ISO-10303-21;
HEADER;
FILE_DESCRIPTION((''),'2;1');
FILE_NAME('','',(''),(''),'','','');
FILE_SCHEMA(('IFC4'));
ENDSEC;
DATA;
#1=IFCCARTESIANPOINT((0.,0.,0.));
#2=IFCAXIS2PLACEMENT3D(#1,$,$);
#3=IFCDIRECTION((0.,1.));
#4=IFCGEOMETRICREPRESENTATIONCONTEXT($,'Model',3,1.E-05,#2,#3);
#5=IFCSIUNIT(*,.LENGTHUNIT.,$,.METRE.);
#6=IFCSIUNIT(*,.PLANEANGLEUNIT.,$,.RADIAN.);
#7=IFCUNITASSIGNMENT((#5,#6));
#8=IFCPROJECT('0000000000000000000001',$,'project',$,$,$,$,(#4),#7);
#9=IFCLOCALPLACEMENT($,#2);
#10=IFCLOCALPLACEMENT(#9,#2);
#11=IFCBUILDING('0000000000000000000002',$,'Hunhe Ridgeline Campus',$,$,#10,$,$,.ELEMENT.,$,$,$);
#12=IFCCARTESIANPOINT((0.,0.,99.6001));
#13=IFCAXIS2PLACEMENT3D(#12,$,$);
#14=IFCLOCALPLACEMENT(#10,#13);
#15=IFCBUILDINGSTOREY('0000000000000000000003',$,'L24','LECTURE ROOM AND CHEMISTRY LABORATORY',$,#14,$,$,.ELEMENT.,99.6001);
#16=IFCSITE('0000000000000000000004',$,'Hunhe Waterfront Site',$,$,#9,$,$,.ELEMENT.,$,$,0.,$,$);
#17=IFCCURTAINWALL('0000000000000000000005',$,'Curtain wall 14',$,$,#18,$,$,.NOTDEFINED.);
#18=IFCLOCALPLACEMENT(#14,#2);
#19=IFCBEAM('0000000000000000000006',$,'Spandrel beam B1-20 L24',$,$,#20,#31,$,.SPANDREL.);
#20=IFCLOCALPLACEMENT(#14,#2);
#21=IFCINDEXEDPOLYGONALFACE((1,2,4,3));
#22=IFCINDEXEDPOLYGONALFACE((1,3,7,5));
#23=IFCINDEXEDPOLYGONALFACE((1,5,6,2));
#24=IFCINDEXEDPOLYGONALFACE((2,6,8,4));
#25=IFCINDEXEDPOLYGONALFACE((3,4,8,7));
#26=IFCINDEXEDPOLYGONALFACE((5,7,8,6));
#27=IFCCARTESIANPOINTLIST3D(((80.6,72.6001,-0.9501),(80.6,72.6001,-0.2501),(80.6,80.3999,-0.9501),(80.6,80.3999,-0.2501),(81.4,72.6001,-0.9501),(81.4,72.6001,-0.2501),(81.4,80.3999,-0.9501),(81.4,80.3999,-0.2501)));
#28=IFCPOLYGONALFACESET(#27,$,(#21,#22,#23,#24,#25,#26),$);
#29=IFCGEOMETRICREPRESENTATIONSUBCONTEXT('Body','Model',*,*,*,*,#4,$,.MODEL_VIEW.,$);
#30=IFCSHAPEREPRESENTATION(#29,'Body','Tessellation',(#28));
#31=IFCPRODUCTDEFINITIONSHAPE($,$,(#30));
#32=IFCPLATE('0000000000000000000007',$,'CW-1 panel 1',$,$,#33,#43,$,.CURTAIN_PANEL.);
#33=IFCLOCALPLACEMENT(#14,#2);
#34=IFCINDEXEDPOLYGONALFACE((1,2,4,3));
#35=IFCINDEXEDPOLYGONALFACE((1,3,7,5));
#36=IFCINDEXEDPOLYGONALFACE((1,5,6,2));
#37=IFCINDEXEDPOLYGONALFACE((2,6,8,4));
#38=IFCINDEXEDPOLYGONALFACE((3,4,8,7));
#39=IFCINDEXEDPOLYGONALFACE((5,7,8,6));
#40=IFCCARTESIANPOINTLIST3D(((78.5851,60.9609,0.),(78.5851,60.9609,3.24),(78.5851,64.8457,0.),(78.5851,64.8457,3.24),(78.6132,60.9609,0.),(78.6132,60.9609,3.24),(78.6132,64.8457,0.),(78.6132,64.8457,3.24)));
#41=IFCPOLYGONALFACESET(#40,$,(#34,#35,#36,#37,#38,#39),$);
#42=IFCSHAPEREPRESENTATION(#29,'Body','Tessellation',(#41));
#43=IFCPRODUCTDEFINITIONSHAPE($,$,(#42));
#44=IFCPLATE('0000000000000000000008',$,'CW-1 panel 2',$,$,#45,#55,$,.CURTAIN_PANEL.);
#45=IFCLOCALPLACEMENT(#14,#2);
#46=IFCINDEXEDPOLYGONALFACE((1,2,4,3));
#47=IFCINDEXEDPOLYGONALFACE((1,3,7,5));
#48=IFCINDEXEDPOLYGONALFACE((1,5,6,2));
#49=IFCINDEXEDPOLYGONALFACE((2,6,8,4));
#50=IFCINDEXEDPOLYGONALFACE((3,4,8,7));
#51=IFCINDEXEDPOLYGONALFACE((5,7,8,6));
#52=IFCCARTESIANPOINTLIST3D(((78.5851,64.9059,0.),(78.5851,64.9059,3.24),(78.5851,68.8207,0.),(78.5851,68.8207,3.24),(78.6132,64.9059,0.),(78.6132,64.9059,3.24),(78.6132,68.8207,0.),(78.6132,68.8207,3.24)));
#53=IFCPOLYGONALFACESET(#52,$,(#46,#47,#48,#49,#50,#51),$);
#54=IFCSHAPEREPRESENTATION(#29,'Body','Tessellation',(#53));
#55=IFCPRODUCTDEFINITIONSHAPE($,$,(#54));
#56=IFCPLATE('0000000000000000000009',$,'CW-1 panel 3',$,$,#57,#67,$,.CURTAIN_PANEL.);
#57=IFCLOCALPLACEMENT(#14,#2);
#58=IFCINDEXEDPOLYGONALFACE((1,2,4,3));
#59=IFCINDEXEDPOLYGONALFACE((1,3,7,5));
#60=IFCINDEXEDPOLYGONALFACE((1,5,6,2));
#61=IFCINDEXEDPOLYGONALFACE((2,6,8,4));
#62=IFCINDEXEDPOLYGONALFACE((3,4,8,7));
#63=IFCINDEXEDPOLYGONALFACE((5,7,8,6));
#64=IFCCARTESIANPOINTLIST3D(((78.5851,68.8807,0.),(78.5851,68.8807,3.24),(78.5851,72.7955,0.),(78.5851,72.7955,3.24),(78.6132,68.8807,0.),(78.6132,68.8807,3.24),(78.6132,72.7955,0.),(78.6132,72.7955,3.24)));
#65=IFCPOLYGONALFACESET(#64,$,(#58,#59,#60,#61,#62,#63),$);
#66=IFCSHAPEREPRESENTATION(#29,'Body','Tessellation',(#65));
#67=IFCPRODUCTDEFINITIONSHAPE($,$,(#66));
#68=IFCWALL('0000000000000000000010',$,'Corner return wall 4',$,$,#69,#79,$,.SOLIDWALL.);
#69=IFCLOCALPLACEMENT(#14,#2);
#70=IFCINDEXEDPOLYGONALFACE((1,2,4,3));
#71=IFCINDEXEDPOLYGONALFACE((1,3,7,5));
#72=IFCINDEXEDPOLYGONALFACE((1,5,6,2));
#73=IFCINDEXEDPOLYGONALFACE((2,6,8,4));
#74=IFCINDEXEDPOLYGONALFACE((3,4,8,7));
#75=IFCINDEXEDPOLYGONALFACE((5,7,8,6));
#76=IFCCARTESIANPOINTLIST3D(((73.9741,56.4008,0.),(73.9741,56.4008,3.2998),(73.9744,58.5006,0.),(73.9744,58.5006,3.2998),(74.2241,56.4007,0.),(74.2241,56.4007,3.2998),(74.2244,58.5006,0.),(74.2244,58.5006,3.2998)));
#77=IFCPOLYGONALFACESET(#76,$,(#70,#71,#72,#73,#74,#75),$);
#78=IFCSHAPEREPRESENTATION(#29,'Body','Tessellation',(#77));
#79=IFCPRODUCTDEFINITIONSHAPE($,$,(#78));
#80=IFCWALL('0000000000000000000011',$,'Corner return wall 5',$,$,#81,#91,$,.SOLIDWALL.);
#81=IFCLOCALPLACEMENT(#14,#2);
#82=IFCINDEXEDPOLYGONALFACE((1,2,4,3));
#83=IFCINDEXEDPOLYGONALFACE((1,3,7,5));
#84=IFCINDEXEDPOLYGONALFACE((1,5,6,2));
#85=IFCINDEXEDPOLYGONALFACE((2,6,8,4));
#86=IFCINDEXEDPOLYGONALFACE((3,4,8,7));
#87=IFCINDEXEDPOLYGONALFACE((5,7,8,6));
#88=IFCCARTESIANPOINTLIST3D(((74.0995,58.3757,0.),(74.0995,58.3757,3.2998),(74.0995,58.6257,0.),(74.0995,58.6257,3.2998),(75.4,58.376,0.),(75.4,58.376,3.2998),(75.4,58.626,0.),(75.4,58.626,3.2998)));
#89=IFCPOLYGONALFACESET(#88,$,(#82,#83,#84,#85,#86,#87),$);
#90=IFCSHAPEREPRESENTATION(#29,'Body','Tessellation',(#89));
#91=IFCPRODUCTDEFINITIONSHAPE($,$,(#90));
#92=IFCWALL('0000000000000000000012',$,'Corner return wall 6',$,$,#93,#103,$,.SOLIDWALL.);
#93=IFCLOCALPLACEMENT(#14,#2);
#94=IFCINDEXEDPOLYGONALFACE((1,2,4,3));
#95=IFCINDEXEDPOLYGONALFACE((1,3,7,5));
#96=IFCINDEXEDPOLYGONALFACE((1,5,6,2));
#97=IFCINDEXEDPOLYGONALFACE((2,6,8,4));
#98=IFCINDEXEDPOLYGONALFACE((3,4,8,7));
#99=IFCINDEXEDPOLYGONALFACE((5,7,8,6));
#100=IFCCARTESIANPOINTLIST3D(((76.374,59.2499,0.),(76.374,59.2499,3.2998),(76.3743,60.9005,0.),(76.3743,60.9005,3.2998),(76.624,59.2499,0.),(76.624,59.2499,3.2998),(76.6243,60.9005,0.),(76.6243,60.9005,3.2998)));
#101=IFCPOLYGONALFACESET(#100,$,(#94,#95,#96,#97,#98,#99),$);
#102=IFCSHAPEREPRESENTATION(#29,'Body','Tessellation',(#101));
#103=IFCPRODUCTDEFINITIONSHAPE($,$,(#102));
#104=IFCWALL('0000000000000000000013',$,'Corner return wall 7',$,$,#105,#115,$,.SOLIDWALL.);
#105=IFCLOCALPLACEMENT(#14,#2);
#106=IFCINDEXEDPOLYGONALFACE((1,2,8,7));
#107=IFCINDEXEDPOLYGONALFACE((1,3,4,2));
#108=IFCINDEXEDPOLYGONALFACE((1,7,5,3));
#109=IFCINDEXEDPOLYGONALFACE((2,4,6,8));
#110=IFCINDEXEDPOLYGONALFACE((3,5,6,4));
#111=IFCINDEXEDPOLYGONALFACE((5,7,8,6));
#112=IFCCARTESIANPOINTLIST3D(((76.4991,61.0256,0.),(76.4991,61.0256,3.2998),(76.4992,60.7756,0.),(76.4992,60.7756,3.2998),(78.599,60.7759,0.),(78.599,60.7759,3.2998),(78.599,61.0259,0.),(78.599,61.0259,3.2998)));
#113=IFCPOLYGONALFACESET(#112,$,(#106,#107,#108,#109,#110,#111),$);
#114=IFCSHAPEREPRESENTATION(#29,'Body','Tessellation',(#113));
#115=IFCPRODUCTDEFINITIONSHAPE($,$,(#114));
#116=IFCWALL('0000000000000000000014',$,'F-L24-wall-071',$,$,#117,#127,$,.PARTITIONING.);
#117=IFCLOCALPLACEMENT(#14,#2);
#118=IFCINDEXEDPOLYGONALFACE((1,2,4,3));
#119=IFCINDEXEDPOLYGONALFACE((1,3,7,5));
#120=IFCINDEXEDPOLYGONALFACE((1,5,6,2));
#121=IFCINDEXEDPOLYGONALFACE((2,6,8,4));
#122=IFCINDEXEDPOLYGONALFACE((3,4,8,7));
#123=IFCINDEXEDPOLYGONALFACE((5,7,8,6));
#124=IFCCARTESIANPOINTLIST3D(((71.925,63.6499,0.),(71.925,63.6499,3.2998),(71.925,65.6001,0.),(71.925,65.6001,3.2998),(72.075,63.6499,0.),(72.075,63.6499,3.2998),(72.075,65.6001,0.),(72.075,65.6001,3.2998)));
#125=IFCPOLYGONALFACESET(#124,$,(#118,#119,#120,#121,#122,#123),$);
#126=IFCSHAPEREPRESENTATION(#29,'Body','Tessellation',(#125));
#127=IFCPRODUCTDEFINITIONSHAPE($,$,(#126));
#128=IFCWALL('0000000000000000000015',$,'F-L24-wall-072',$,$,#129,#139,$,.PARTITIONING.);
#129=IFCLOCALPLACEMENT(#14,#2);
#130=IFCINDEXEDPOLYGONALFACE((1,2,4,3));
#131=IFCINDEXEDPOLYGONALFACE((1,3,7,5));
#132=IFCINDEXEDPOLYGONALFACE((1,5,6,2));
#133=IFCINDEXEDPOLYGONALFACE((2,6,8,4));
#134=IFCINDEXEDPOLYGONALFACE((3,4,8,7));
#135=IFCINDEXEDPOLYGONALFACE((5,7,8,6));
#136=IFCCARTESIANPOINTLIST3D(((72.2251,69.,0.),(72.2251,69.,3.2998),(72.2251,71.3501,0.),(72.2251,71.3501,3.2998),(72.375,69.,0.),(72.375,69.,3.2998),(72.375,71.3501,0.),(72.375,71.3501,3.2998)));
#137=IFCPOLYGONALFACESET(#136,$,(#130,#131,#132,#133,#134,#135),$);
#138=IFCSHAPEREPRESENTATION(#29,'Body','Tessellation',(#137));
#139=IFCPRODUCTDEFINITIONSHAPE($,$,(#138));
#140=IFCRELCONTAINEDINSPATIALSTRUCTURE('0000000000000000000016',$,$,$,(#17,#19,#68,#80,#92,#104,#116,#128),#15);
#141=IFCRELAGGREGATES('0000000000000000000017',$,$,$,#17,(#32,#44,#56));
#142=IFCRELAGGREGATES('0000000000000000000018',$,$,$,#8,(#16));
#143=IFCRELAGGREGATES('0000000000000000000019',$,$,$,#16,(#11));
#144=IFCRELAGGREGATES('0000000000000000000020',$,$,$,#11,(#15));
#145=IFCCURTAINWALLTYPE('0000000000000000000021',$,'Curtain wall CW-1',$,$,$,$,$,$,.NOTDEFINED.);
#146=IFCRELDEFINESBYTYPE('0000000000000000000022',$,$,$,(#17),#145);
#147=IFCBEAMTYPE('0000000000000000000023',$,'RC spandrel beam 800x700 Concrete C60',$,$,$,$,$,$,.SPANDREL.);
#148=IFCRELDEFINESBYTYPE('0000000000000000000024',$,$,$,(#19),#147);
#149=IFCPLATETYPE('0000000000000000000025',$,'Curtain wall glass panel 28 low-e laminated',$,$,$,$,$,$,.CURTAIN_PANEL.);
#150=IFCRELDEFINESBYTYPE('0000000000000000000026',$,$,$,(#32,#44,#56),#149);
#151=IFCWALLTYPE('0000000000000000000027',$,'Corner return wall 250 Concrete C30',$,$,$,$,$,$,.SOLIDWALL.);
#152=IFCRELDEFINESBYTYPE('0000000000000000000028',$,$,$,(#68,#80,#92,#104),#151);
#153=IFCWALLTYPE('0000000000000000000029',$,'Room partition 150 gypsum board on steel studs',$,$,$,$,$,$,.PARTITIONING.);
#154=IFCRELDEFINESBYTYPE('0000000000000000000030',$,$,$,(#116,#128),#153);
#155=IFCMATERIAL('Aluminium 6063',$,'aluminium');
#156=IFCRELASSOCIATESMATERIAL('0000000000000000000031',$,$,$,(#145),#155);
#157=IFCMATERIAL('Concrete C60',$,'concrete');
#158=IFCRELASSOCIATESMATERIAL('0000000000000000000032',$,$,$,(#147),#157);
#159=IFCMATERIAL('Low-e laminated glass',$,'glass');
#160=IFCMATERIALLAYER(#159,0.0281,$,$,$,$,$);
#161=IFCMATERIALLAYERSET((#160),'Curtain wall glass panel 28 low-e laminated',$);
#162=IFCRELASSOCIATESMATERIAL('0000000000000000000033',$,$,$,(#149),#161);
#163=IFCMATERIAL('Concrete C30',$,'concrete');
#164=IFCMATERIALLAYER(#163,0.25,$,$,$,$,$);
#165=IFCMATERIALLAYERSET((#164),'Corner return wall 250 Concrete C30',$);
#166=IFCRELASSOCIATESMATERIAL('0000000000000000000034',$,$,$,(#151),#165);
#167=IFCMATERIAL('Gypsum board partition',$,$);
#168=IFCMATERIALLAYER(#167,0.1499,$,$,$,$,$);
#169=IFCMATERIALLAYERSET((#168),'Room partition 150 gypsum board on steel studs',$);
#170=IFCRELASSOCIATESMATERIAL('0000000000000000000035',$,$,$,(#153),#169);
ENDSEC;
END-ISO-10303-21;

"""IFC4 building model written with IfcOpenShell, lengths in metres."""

from ifc_helpers import new_model, si_unit, direction, frame, frame_2d, origin, origin_2d, place, context, subcontext, project, spatial, rectangle, extrude, material, layer, layer_set, material_profile, profile_set, type_object, element, aggregate, save


model = new_model("IFC4")

# Units and contexts
model_context = context("Model", 3, precision=1e-05, world=origin(), true_north=direction((0.0, 1.0)))
body_context = subcontext(model_context, "Body", "Model", "MODEL_VIEW")
ifc_project = project(units=[si_unit("LENGTHUNIT", "METRE"), si_unit("PLANEANGLEUNIT", "RADIAN")], contexts=[model_context])

# Site, building, storey
site_placement = place(None, origin())
site = spatial("IfcSite", under=ifc_project, at=site_placement, Name="Hunhe Waterfront Site", CompositionType="ELEMENT", RefElevation=0.0)
building_placement = place(site_placement, origin())
building = spatial("IfcBuilding", under=site, at=building_placement, Name="Hunhe Ridgeline Campus", CompositionType="ELEMENT")
storey_placement = place(building_placement, frame((0.0, 0.0, 99.6001)))
storey = spatial("IfcBuildingStorey", under=building, at=storey_placement, Name="L24", Description="LECTURE ROOM AND CHEMISTRY LABORATORY", CompositionType="ELEMENT", Elevation=99.6001)

# Shared definitions
ifc_material_1 = material(Name="Aluminium 6063", Category="aluminium")
curtain_wall_type = type_object("IfcCurtainWallType", Name="Curtain wall CW-1", PredefinedType="NOTDEFINED", material=ifc_material_1)

# Curtain wall
curtain_wall_1_placement = place(storey_placement, origin())
curtain_wall_1 = element("IfcCurtainWall", 1, at=curtain_wall_1_placement, inside=storey, type_object=curtain_wall_type, Name="Curtain wall 14", PredefinedType="NOTDEFINED")

# Beam
ifc_material_2 = material(Name="Concrete C60", Category="concrete")
ifc_material_profile_1 = material_profile(ifc_material_2, rectangle(XDim=0.8, YDim=0.7, at=origin_2d()))
ifc_profile_set_1 = profile_set([ifc_material_profile_1], Name="Concrete C60")
beam_type = type_object("IfcBeamType", Name="RC spandrel beam 800x700 Concrete C60", PredefinedType="SPANDREL", material=ifc_profile_set_1)
for number, where, z_axis, x_axis, name in (
    (2, (81.0, 72.6001, -0.6001), (0.0, 1.0, 0.0), (-1.0, 0.0, 0.0), "Spandrel beam B1-20 L24"),
):
    element("IfcBeam", number, at=place(storey_placement, frame(where, z_axis=z_axis, x_axis=x_axis)), inside=storey, type_object=beam_type, Name=name, PredefinedType="SPANDREL", context=body_context, shape_type="SweptSolid", body=[
        extrude(rectangle(XDim=0.8, YDim=0.7, at=origin_2d()), origin(), (0.0, 0.0, 1.0), 7.7998),
    ])

# Plates
ifc_material_3 = material(Name="Low-e laminated glass", Category="glass")
ifc_layer_1 = layer(ifc_material_3, 0.0281)
ifc_layer_set_1 = layer_set([ifc_layer_1], Name="Curtain wall glass panel 28 low-e laminated")
plate_type = type_object("IfcPlateType", Name="Curtain wall glass panel 28 low-e laminated", PredefinedType="CURTAIN_PANEL", material=ifc_layer_set_1)
plate_1_placement = place(storey_placement, frame((78.5991, 62.9033, 0.0), z_axis=(0.0, 0.0, 1.0), x_axis=(0.0, 1.0, 0.0)))
plate_1 = element("IfcPlate", 3, at=plate_1_placement, type_object=plate_type, Name="CW-1 panel 1", PredefinedType="CURTAIN_PANEL", context=body_context, shape_type="SweptSolid", body=[
    extrude(rectangle(XDim=3.8848, YDim=0.0281, at=origin_2d()), origin(), (0.0, 0.0, 1.0), 3.24),
])
plate_2_placement = place(storey_placement, frame((78.5991, 66.8633, 0.0), z_axis=(0.0, 0.0, 1.0), x_axis=(0.0, 1.0, 0.0)))
plate_2 = element("IfcPlate", 4, at=plate_2_placement, type_object=plate_type, Name="CW-1 panel 2", PredefinedType="CURTAIN_PANEL", context=body_context, shape_type="SweptSolid", body=[
    extrude(rectangle(XDim=3.9148, YDim=0.0281, at=origin_2d()), origin(), (0.0, 0.0, 1.0), 3.24),
])
plate_3_placement = place(storey_placement, frame((78.5991, 70.8381, 0.0), z_axis=(0.0, 0.0, 1.0), x_axis=(0.0, 1.0, 0.0)))
plate_3 = element("IfcPlate", 5, at=plate_3_placement, type_object=plate_type, Name="CW-1 panel 3", PredefinedType="CURTAIN_PANEL", context=body_context, shape_type="SweptSolid", body=[
    extrude(rectangle(XDim=3.9148, YDim=0.0281, at=origin_2d()), origin(), (0.0, 0.0, 1.0), 3.24),
])
aggregate(curtain_wall_1, [plate_1, plate_2, plate_3])

# Walls
ifc_material_4 = material(Name="Concrete C30", Category="concrete")
ifc_layer_2 = layer(ifc_material_4, 0.25)
ifc_layer_set_2 = layer_set([ifc_layer_2], Name="Corner return wall 250 Concrete C30")
wall_type_1 = type_object("IfcWallType", Name="Corner return wall 250 Concrete C30", PredefinedType="SOLIDWALL", material=ifc_layer_set_2)
wall_1_placement = place(storey_placement, frame((74.0991, 56.4009, 0.0), z_axis=(0.0, 0.0, 1.0), x_axis=(0.000116, 1.0, 0.0)))
element("IfcWall", 6, at=wall_1_placement, inside=storey, type_object=wall_type_1, Name="Corner return wall 4", PredefinedType="SOLIDWALL", context=body_context, shape_type="SweptSolid", body=[
    extrude(rectangle(XDim=2.0999, YDim=0.25, at=frame_2d((1.0498, 0.0))), origin(), (0.0, 0.0, 1.0), 3.2998),
])
wall_2_placement = place(storey_placement, frame((74.0994, 58.5007, 0.0), z_axis=(0.0, 0.0, 1.0), x_axis=(1.0, 0.000188, 0.0)))
element("IfcWall", 7, at=wall_2_placement, inside=storey, type_object=wall_type_1, Name="Corner return wall 5", PredefinedType="SOLIDWALL", context=body_context, shape_type="SweptSolid", body=[
    extrude(rectangle(XDim=1.3005, YDim=0.25, at=frame_2d((0.6504, 0.0))), origin(), (0.0, 0.0, 1.0), 3.2998),
])
wall_3_placement = place(storey_placement, frame((76.499, 59.25, 0.0), z_axis=(0.0, 0.0, 1.0), x_axis=(0.000148, 1.0, 0.0)))
element("IfcWall", 8, at=wall_3_placement, inside=storey, type_object=wall_type_1, Name="Corner return wall 6", PredefinedType="SOLIDWALL", context=body_context, shape_type="SweptSolid", body=[
    extrude(rectangle(XDim=1.6506, YDim=0.25, at=frame_2d((0.8252, 0.0))), origin(), (0.0, 0.0, 1.0), 3.2998),
])
wall_4_placement = place(storey_placement, frame((76.4993, 60.9006, 0.0), z_axis=(0.0, 0.0, 1.0), x_axis=(1.0, 0.000116, 0.0)))
element("IfcWall", 9, at=wall_4_placement, inside=storey, type_object=wall_type_1, Name="Corner return wall 7", PredefinedType="SOLIDWALL", context=body_context, shape_type="SweptSolid", body=[
    extrude(rectangle(XDim=2.0999, YDim=0.25, at=frame_2d((1.0498, 0.0))), origin(), (0.0, 0.0, 1.0), 3.2998),
])

# Shared definitions
ifc_material_5 = material(Name="Gypsum board partition")

# Walls
ifc_layer_3 = layer(ifc_material_5, 0.1499)
ifc_layer_set_3 = layer_set([ifc_layer_3], Name="Room partition 150 gypsum board on steel studs")
wall_type_2 = type_object("IfcWallType", Name="Room partition 150 gypsum board on steel studs", PredefinedType="PARTITIONING", material=ifc_layer_set_3)
wall_5_placement = place(storey_placement, frame((72.0, 65.6001, 0.0), z_axis=(0.0, 0.0, 1.0), x_axis=(0.0, -1.0, 0.0)))
element("IfcWall", 10, at=wall_5_placement, inside=storey, type_object=wall_type_2, Name="F-L24-wall-071", PredefinedType="PARTITIONING", context=body_context, shape_type="SweptSolid", body=[
    extrude(rectangle(XDim=1.9502, YDim=0.1499, at=frame_2d((0.9751, 0.0))), origin(), (0.0, 0.0, 1.0), 3.2998),
])
wall_6_placement = place(storey_placement, frame((72.3, 71.3501, 0.0), z_axis=(0.0, 0.0, 1.0), x_axis=(0.0, -1.0, 0.0)))
element("IfcWall", 11, at=wall_6_placement, inside=storey, type_object=wall_type_2, Name="F-L24-wall-072", PredefinedType="PARTITIONING", context=body_context, shape_type="SweptSolid", body=[
    extrude(rectangle(XDim=2.3501, YDim=0.1499, at=frame_2d((1.175, 0.0))), origin(), (0.0, 0.0, 1.0), 3.2998),
])

save(model, "model.ifc")
